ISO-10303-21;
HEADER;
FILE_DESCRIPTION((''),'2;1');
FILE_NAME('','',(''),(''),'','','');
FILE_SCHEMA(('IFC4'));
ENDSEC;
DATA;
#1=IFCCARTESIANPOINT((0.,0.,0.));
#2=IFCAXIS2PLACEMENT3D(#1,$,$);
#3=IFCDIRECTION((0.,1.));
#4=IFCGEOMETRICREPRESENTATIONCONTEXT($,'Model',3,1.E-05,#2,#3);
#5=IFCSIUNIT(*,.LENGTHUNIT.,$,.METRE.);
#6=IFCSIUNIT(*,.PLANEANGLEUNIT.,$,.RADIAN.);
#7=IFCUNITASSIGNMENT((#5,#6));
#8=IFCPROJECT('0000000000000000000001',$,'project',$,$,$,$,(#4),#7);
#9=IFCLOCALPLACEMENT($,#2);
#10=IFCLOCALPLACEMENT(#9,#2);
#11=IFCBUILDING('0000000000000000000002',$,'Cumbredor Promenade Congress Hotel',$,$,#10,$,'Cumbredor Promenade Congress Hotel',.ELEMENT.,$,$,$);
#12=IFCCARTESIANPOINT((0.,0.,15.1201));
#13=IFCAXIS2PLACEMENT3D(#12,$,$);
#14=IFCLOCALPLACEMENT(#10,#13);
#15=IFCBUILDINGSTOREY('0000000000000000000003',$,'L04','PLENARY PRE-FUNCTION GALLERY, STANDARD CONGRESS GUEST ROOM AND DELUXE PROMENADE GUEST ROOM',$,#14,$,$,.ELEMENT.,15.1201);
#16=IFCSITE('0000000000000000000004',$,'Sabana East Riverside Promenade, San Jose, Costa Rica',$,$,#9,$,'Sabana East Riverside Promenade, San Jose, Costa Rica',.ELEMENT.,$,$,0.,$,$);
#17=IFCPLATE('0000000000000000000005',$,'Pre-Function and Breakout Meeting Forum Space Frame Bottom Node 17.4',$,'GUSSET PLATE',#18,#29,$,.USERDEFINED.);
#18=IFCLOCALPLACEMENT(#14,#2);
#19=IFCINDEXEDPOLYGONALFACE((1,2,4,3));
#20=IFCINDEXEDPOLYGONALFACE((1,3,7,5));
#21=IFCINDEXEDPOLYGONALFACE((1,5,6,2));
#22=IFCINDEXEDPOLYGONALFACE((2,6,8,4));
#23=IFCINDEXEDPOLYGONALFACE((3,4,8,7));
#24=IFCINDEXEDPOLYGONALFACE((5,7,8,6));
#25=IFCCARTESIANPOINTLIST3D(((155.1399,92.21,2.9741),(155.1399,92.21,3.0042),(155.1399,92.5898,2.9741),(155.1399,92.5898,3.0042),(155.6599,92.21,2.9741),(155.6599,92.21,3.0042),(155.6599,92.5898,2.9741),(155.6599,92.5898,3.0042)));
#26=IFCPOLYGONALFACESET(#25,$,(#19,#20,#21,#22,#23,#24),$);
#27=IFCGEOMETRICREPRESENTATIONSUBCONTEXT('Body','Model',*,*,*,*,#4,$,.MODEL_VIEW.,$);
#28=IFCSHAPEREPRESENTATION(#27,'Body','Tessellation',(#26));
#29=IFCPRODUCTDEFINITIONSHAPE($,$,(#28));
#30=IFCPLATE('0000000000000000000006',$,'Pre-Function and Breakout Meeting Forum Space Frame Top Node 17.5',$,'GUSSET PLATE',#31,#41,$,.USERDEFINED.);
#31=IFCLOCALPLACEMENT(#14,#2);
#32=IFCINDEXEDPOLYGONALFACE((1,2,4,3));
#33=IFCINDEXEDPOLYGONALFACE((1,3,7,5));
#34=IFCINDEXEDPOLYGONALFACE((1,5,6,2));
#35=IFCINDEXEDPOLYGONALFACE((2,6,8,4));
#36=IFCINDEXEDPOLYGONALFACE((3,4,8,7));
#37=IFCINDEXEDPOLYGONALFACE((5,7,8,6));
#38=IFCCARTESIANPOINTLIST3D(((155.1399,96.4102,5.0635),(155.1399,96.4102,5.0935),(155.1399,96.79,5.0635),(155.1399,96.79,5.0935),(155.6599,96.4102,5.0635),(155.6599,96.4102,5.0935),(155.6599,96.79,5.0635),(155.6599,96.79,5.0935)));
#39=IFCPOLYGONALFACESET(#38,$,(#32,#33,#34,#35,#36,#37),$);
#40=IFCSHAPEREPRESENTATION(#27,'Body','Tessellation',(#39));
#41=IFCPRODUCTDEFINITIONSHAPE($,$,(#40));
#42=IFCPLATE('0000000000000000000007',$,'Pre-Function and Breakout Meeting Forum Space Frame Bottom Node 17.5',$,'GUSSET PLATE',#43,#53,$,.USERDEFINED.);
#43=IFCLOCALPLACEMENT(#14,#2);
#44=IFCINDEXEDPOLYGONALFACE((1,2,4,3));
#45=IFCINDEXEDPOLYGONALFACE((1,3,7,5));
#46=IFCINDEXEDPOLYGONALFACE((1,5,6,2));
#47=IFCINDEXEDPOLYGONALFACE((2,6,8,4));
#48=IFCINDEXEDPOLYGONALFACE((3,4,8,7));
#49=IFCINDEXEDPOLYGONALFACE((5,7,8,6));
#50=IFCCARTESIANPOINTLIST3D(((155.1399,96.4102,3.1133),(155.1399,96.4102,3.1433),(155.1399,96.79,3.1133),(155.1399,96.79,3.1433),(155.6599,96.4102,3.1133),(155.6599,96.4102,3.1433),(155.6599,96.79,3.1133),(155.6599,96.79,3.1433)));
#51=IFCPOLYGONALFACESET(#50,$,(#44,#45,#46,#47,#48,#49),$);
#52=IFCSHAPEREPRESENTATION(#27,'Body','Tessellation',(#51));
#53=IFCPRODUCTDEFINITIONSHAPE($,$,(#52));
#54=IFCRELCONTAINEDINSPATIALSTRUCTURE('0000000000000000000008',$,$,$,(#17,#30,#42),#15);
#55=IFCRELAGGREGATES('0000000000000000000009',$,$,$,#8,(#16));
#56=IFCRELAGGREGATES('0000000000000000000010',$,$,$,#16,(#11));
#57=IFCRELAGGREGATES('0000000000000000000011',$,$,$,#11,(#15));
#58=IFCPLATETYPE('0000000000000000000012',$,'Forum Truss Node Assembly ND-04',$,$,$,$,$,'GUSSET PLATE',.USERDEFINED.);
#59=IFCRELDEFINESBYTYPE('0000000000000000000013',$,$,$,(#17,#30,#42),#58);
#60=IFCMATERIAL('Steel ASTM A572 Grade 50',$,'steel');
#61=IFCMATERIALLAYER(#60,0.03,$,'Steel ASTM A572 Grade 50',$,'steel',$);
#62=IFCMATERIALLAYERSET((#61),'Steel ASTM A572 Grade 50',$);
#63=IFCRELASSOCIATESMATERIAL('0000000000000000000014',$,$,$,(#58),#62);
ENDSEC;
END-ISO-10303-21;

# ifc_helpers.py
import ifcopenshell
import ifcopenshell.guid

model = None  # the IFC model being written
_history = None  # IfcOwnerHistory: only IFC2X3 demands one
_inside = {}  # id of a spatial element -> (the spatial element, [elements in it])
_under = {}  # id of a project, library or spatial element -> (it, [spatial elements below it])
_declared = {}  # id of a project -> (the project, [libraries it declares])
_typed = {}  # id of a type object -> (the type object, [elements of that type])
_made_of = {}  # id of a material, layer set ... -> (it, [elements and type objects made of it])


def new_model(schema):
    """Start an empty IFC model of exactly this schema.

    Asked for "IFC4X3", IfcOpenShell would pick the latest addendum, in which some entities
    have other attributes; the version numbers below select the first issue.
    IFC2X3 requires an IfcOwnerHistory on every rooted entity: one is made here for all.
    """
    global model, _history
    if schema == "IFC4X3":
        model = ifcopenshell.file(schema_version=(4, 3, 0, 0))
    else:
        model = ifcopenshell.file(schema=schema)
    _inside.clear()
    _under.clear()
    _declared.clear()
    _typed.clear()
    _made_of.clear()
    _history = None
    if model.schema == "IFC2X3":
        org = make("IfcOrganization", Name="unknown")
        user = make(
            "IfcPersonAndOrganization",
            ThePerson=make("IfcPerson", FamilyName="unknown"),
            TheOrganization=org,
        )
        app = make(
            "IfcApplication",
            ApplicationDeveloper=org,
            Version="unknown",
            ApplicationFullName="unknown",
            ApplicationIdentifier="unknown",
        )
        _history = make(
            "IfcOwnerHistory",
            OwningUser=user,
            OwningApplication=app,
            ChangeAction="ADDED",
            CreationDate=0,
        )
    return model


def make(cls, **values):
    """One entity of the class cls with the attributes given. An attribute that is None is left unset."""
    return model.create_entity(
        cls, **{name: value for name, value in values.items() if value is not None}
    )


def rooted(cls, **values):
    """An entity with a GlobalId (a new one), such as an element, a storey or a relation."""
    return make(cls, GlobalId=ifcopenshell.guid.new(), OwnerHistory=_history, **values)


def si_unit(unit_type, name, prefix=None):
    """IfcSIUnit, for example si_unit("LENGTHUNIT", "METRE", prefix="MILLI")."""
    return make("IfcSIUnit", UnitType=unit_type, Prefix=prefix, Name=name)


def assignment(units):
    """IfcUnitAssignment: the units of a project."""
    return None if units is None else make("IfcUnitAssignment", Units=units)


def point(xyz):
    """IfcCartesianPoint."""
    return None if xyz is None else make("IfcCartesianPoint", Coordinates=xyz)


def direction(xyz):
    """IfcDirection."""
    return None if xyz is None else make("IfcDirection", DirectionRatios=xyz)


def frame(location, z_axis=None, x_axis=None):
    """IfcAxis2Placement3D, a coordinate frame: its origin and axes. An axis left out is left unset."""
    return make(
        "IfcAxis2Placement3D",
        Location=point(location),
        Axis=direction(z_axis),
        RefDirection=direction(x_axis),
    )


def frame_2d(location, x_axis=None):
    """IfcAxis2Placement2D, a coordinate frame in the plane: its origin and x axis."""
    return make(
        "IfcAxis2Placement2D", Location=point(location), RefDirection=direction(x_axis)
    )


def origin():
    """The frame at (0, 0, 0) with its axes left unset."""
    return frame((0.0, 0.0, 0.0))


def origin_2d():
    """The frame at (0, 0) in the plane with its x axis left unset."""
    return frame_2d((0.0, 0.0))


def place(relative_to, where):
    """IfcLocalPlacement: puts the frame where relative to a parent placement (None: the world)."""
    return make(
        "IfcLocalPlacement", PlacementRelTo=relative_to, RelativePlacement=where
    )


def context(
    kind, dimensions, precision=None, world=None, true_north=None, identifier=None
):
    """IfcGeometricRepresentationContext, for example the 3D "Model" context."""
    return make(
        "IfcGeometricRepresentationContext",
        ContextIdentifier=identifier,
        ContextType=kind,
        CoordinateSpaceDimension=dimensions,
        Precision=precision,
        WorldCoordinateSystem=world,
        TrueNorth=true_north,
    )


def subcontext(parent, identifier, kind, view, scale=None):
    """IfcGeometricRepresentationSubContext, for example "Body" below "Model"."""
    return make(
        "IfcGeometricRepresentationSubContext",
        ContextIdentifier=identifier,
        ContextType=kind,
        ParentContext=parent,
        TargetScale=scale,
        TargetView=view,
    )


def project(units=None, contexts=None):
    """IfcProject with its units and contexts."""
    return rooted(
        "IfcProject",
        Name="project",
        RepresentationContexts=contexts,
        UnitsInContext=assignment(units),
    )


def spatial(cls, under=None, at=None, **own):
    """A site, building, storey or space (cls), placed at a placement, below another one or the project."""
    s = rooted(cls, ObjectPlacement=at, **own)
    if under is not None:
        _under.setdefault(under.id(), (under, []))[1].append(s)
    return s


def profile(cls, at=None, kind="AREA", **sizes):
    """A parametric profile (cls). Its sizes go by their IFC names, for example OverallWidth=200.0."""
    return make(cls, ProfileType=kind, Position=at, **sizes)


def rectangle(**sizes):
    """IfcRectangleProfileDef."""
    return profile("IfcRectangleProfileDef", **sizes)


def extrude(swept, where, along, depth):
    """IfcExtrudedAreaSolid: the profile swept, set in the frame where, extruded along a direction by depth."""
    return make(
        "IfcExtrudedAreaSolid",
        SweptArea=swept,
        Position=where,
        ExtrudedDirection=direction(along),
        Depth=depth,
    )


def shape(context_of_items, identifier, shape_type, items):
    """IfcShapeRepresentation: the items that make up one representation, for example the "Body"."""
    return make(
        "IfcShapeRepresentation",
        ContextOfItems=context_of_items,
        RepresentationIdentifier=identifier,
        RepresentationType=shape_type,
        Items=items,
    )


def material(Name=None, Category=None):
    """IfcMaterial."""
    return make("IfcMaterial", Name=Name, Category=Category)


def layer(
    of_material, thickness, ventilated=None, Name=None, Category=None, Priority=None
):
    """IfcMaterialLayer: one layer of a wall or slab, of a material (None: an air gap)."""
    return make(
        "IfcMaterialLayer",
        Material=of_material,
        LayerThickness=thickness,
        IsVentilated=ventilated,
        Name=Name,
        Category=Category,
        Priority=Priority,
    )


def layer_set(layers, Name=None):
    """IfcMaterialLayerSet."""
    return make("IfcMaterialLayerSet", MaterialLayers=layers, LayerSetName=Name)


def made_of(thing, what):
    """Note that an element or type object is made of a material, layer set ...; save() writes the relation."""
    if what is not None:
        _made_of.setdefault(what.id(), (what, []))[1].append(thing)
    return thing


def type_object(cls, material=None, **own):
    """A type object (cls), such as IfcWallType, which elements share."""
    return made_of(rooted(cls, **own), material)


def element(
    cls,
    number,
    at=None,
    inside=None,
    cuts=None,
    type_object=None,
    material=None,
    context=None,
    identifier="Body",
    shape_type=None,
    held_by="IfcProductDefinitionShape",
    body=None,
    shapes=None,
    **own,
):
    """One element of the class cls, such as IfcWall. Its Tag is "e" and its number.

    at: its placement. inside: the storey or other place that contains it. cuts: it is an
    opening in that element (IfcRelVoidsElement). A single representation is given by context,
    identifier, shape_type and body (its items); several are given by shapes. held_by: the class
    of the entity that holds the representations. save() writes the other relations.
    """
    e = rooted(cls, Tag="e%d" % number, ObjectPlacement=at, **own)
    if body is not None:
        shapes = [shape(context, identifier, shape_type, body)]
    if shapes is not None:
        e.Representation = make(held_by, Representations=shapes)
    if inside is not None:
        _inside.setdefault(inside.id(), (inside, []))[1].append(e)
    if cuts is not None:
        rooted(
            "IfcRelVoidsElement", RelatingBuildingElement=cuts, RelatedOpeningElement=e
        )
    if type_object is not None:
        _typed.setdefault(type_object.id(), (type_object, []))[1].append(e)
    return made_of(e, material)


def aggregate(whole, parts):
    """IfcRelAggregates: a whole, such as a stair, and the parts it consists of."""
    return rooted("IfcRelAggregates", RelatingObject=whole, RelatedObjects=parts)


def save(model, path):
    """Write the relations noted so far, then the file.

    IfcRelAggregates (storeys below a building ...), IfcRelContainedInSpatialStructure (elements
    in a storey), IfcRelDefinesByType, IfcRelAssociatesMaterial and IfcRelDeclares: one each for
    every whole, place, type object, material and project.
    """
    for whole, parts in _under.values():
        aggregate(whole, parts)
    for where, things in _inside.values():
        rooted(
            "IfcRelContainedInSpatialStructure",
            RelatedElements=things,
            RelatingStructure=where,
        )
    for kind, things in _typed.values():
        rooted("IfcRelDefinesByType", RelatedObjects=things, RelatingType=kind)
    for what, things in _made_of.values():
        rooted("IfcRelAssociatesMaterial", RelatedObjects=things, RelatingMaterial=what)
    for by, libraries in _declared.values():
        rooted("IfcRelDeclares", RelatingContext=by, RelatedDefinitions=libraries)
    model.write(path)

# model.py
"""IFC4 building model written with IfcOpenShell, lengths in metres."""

from ifc_helpers import new_model, si_unit, direction, frame, origin, origin_2d, place, context, subcontext, project, spatial, rectangle, extrude, material, layer, layer_set, type_object, element, save


model = new_model("IFC4")

# Units and contexts
model_context = context("Model", 3, precision=1e-05, world=origin(), true_north=direction((0.0, 1.0)))
body_context = subcontext(model_context, "Body", "Model", "MODEL_VIEW")
ifc_project = project(units=[si_unit("LENGTHUNIT", "METRE"), si_unit("PLANEANGLEUNIT", "RADIAN")], contexts=[model_context])

# Site, building, storey
site_placement = place(None, origin())
site = spatial("IfcSite", under=ifc_project, at=site_placement, Name="Sabana East Riverside Promenade, San Jose, Costa Rica", LongName="Sabana East Riverside Promenade, San Jose, Costa Rica", CompositionType="ELEMENT", RefElevation=0.0)
building_placement = place(site_placement, origin())
building = spatial("IfcBuilding", under=site, at=building_placement, Name="Cumbredor Promenade Congress Hotel", LongName="Cumbredor Promenade Congress Hotel", CompositionType="ELEMENT")
storey_placement = place(building_placement, frame((0.0, 0.0, 15.1201)))
storey = spatial("IfcBuildingStorey", under=building, at=storey_placement, Name="L04", Description="PLENARY PRE-FUNCTION GALLERY, STANDARD CONGRESS GUEST ROOM AND DELUXE PROMENADE GUEST ROOM", CompositionType="ELEMENT", Elevation=15.1201)

# Plates
ifc_material_1 = material(Name="Steel ASTM A572 Grade 50", Category="steel")
ifc_layer = layer(ifc_material_1, 0.03, Name="Steel ASTM A572 Grade 50", Category="steel")
ifc_layer_set = layer_set([ifc_layer], Name="Steel ASTM A572 Grade 50")
plate_type = type_object("IfcPlateType", Name="Forum Truss Node Assembly ND-04", ElementType="GUSSET PLATE", PredefinedType="USERDEFINED", material=ifc_layer_set)
for number, where, z_axis, x_axis, name in (
    (1, (155.3999, 92.3999, 2.9741), (0.0, 0.0, 1.0), (1.0, 0.0, 0.0), "Pre-Function and Breakout Meeting Forum Space Frame Bottom Node 17.4"),
    (2, (155.3999, 96.6001, 5.0635), (0.0, 0.0, 1.0), (1.0, 0.0, 0.0), "Pre-Function and Breakout Meeting Forum Space Frame Top Node 17.5"),
    (3, (155.3999, 96.6001, 3.1133), (0.0, 0.0, 1.0), (1.0, 0.0, 0.0), "Pre-Function and Breakout Meeting Forum Space Frame Bottom Node 17.5"),
):
    element("IfcPlate", number, at=place(storey_placement, frame(where, z_axis=z_axis, x_axis=x_axis)), inside=storey, type_object=plate_type, Name=name, ObjectType="GUSSET PLATE", PredefinedType="USERDEFINED", context=body_context, shape_type="SweptSolid", body=[
        extrude(rectangle(XDim=0.52, YDim=0.3799, at=origin_2d()), origin(), (0.0, 0.0, 1.0), 0.03),
    ])

save(model, "model.ifc")
